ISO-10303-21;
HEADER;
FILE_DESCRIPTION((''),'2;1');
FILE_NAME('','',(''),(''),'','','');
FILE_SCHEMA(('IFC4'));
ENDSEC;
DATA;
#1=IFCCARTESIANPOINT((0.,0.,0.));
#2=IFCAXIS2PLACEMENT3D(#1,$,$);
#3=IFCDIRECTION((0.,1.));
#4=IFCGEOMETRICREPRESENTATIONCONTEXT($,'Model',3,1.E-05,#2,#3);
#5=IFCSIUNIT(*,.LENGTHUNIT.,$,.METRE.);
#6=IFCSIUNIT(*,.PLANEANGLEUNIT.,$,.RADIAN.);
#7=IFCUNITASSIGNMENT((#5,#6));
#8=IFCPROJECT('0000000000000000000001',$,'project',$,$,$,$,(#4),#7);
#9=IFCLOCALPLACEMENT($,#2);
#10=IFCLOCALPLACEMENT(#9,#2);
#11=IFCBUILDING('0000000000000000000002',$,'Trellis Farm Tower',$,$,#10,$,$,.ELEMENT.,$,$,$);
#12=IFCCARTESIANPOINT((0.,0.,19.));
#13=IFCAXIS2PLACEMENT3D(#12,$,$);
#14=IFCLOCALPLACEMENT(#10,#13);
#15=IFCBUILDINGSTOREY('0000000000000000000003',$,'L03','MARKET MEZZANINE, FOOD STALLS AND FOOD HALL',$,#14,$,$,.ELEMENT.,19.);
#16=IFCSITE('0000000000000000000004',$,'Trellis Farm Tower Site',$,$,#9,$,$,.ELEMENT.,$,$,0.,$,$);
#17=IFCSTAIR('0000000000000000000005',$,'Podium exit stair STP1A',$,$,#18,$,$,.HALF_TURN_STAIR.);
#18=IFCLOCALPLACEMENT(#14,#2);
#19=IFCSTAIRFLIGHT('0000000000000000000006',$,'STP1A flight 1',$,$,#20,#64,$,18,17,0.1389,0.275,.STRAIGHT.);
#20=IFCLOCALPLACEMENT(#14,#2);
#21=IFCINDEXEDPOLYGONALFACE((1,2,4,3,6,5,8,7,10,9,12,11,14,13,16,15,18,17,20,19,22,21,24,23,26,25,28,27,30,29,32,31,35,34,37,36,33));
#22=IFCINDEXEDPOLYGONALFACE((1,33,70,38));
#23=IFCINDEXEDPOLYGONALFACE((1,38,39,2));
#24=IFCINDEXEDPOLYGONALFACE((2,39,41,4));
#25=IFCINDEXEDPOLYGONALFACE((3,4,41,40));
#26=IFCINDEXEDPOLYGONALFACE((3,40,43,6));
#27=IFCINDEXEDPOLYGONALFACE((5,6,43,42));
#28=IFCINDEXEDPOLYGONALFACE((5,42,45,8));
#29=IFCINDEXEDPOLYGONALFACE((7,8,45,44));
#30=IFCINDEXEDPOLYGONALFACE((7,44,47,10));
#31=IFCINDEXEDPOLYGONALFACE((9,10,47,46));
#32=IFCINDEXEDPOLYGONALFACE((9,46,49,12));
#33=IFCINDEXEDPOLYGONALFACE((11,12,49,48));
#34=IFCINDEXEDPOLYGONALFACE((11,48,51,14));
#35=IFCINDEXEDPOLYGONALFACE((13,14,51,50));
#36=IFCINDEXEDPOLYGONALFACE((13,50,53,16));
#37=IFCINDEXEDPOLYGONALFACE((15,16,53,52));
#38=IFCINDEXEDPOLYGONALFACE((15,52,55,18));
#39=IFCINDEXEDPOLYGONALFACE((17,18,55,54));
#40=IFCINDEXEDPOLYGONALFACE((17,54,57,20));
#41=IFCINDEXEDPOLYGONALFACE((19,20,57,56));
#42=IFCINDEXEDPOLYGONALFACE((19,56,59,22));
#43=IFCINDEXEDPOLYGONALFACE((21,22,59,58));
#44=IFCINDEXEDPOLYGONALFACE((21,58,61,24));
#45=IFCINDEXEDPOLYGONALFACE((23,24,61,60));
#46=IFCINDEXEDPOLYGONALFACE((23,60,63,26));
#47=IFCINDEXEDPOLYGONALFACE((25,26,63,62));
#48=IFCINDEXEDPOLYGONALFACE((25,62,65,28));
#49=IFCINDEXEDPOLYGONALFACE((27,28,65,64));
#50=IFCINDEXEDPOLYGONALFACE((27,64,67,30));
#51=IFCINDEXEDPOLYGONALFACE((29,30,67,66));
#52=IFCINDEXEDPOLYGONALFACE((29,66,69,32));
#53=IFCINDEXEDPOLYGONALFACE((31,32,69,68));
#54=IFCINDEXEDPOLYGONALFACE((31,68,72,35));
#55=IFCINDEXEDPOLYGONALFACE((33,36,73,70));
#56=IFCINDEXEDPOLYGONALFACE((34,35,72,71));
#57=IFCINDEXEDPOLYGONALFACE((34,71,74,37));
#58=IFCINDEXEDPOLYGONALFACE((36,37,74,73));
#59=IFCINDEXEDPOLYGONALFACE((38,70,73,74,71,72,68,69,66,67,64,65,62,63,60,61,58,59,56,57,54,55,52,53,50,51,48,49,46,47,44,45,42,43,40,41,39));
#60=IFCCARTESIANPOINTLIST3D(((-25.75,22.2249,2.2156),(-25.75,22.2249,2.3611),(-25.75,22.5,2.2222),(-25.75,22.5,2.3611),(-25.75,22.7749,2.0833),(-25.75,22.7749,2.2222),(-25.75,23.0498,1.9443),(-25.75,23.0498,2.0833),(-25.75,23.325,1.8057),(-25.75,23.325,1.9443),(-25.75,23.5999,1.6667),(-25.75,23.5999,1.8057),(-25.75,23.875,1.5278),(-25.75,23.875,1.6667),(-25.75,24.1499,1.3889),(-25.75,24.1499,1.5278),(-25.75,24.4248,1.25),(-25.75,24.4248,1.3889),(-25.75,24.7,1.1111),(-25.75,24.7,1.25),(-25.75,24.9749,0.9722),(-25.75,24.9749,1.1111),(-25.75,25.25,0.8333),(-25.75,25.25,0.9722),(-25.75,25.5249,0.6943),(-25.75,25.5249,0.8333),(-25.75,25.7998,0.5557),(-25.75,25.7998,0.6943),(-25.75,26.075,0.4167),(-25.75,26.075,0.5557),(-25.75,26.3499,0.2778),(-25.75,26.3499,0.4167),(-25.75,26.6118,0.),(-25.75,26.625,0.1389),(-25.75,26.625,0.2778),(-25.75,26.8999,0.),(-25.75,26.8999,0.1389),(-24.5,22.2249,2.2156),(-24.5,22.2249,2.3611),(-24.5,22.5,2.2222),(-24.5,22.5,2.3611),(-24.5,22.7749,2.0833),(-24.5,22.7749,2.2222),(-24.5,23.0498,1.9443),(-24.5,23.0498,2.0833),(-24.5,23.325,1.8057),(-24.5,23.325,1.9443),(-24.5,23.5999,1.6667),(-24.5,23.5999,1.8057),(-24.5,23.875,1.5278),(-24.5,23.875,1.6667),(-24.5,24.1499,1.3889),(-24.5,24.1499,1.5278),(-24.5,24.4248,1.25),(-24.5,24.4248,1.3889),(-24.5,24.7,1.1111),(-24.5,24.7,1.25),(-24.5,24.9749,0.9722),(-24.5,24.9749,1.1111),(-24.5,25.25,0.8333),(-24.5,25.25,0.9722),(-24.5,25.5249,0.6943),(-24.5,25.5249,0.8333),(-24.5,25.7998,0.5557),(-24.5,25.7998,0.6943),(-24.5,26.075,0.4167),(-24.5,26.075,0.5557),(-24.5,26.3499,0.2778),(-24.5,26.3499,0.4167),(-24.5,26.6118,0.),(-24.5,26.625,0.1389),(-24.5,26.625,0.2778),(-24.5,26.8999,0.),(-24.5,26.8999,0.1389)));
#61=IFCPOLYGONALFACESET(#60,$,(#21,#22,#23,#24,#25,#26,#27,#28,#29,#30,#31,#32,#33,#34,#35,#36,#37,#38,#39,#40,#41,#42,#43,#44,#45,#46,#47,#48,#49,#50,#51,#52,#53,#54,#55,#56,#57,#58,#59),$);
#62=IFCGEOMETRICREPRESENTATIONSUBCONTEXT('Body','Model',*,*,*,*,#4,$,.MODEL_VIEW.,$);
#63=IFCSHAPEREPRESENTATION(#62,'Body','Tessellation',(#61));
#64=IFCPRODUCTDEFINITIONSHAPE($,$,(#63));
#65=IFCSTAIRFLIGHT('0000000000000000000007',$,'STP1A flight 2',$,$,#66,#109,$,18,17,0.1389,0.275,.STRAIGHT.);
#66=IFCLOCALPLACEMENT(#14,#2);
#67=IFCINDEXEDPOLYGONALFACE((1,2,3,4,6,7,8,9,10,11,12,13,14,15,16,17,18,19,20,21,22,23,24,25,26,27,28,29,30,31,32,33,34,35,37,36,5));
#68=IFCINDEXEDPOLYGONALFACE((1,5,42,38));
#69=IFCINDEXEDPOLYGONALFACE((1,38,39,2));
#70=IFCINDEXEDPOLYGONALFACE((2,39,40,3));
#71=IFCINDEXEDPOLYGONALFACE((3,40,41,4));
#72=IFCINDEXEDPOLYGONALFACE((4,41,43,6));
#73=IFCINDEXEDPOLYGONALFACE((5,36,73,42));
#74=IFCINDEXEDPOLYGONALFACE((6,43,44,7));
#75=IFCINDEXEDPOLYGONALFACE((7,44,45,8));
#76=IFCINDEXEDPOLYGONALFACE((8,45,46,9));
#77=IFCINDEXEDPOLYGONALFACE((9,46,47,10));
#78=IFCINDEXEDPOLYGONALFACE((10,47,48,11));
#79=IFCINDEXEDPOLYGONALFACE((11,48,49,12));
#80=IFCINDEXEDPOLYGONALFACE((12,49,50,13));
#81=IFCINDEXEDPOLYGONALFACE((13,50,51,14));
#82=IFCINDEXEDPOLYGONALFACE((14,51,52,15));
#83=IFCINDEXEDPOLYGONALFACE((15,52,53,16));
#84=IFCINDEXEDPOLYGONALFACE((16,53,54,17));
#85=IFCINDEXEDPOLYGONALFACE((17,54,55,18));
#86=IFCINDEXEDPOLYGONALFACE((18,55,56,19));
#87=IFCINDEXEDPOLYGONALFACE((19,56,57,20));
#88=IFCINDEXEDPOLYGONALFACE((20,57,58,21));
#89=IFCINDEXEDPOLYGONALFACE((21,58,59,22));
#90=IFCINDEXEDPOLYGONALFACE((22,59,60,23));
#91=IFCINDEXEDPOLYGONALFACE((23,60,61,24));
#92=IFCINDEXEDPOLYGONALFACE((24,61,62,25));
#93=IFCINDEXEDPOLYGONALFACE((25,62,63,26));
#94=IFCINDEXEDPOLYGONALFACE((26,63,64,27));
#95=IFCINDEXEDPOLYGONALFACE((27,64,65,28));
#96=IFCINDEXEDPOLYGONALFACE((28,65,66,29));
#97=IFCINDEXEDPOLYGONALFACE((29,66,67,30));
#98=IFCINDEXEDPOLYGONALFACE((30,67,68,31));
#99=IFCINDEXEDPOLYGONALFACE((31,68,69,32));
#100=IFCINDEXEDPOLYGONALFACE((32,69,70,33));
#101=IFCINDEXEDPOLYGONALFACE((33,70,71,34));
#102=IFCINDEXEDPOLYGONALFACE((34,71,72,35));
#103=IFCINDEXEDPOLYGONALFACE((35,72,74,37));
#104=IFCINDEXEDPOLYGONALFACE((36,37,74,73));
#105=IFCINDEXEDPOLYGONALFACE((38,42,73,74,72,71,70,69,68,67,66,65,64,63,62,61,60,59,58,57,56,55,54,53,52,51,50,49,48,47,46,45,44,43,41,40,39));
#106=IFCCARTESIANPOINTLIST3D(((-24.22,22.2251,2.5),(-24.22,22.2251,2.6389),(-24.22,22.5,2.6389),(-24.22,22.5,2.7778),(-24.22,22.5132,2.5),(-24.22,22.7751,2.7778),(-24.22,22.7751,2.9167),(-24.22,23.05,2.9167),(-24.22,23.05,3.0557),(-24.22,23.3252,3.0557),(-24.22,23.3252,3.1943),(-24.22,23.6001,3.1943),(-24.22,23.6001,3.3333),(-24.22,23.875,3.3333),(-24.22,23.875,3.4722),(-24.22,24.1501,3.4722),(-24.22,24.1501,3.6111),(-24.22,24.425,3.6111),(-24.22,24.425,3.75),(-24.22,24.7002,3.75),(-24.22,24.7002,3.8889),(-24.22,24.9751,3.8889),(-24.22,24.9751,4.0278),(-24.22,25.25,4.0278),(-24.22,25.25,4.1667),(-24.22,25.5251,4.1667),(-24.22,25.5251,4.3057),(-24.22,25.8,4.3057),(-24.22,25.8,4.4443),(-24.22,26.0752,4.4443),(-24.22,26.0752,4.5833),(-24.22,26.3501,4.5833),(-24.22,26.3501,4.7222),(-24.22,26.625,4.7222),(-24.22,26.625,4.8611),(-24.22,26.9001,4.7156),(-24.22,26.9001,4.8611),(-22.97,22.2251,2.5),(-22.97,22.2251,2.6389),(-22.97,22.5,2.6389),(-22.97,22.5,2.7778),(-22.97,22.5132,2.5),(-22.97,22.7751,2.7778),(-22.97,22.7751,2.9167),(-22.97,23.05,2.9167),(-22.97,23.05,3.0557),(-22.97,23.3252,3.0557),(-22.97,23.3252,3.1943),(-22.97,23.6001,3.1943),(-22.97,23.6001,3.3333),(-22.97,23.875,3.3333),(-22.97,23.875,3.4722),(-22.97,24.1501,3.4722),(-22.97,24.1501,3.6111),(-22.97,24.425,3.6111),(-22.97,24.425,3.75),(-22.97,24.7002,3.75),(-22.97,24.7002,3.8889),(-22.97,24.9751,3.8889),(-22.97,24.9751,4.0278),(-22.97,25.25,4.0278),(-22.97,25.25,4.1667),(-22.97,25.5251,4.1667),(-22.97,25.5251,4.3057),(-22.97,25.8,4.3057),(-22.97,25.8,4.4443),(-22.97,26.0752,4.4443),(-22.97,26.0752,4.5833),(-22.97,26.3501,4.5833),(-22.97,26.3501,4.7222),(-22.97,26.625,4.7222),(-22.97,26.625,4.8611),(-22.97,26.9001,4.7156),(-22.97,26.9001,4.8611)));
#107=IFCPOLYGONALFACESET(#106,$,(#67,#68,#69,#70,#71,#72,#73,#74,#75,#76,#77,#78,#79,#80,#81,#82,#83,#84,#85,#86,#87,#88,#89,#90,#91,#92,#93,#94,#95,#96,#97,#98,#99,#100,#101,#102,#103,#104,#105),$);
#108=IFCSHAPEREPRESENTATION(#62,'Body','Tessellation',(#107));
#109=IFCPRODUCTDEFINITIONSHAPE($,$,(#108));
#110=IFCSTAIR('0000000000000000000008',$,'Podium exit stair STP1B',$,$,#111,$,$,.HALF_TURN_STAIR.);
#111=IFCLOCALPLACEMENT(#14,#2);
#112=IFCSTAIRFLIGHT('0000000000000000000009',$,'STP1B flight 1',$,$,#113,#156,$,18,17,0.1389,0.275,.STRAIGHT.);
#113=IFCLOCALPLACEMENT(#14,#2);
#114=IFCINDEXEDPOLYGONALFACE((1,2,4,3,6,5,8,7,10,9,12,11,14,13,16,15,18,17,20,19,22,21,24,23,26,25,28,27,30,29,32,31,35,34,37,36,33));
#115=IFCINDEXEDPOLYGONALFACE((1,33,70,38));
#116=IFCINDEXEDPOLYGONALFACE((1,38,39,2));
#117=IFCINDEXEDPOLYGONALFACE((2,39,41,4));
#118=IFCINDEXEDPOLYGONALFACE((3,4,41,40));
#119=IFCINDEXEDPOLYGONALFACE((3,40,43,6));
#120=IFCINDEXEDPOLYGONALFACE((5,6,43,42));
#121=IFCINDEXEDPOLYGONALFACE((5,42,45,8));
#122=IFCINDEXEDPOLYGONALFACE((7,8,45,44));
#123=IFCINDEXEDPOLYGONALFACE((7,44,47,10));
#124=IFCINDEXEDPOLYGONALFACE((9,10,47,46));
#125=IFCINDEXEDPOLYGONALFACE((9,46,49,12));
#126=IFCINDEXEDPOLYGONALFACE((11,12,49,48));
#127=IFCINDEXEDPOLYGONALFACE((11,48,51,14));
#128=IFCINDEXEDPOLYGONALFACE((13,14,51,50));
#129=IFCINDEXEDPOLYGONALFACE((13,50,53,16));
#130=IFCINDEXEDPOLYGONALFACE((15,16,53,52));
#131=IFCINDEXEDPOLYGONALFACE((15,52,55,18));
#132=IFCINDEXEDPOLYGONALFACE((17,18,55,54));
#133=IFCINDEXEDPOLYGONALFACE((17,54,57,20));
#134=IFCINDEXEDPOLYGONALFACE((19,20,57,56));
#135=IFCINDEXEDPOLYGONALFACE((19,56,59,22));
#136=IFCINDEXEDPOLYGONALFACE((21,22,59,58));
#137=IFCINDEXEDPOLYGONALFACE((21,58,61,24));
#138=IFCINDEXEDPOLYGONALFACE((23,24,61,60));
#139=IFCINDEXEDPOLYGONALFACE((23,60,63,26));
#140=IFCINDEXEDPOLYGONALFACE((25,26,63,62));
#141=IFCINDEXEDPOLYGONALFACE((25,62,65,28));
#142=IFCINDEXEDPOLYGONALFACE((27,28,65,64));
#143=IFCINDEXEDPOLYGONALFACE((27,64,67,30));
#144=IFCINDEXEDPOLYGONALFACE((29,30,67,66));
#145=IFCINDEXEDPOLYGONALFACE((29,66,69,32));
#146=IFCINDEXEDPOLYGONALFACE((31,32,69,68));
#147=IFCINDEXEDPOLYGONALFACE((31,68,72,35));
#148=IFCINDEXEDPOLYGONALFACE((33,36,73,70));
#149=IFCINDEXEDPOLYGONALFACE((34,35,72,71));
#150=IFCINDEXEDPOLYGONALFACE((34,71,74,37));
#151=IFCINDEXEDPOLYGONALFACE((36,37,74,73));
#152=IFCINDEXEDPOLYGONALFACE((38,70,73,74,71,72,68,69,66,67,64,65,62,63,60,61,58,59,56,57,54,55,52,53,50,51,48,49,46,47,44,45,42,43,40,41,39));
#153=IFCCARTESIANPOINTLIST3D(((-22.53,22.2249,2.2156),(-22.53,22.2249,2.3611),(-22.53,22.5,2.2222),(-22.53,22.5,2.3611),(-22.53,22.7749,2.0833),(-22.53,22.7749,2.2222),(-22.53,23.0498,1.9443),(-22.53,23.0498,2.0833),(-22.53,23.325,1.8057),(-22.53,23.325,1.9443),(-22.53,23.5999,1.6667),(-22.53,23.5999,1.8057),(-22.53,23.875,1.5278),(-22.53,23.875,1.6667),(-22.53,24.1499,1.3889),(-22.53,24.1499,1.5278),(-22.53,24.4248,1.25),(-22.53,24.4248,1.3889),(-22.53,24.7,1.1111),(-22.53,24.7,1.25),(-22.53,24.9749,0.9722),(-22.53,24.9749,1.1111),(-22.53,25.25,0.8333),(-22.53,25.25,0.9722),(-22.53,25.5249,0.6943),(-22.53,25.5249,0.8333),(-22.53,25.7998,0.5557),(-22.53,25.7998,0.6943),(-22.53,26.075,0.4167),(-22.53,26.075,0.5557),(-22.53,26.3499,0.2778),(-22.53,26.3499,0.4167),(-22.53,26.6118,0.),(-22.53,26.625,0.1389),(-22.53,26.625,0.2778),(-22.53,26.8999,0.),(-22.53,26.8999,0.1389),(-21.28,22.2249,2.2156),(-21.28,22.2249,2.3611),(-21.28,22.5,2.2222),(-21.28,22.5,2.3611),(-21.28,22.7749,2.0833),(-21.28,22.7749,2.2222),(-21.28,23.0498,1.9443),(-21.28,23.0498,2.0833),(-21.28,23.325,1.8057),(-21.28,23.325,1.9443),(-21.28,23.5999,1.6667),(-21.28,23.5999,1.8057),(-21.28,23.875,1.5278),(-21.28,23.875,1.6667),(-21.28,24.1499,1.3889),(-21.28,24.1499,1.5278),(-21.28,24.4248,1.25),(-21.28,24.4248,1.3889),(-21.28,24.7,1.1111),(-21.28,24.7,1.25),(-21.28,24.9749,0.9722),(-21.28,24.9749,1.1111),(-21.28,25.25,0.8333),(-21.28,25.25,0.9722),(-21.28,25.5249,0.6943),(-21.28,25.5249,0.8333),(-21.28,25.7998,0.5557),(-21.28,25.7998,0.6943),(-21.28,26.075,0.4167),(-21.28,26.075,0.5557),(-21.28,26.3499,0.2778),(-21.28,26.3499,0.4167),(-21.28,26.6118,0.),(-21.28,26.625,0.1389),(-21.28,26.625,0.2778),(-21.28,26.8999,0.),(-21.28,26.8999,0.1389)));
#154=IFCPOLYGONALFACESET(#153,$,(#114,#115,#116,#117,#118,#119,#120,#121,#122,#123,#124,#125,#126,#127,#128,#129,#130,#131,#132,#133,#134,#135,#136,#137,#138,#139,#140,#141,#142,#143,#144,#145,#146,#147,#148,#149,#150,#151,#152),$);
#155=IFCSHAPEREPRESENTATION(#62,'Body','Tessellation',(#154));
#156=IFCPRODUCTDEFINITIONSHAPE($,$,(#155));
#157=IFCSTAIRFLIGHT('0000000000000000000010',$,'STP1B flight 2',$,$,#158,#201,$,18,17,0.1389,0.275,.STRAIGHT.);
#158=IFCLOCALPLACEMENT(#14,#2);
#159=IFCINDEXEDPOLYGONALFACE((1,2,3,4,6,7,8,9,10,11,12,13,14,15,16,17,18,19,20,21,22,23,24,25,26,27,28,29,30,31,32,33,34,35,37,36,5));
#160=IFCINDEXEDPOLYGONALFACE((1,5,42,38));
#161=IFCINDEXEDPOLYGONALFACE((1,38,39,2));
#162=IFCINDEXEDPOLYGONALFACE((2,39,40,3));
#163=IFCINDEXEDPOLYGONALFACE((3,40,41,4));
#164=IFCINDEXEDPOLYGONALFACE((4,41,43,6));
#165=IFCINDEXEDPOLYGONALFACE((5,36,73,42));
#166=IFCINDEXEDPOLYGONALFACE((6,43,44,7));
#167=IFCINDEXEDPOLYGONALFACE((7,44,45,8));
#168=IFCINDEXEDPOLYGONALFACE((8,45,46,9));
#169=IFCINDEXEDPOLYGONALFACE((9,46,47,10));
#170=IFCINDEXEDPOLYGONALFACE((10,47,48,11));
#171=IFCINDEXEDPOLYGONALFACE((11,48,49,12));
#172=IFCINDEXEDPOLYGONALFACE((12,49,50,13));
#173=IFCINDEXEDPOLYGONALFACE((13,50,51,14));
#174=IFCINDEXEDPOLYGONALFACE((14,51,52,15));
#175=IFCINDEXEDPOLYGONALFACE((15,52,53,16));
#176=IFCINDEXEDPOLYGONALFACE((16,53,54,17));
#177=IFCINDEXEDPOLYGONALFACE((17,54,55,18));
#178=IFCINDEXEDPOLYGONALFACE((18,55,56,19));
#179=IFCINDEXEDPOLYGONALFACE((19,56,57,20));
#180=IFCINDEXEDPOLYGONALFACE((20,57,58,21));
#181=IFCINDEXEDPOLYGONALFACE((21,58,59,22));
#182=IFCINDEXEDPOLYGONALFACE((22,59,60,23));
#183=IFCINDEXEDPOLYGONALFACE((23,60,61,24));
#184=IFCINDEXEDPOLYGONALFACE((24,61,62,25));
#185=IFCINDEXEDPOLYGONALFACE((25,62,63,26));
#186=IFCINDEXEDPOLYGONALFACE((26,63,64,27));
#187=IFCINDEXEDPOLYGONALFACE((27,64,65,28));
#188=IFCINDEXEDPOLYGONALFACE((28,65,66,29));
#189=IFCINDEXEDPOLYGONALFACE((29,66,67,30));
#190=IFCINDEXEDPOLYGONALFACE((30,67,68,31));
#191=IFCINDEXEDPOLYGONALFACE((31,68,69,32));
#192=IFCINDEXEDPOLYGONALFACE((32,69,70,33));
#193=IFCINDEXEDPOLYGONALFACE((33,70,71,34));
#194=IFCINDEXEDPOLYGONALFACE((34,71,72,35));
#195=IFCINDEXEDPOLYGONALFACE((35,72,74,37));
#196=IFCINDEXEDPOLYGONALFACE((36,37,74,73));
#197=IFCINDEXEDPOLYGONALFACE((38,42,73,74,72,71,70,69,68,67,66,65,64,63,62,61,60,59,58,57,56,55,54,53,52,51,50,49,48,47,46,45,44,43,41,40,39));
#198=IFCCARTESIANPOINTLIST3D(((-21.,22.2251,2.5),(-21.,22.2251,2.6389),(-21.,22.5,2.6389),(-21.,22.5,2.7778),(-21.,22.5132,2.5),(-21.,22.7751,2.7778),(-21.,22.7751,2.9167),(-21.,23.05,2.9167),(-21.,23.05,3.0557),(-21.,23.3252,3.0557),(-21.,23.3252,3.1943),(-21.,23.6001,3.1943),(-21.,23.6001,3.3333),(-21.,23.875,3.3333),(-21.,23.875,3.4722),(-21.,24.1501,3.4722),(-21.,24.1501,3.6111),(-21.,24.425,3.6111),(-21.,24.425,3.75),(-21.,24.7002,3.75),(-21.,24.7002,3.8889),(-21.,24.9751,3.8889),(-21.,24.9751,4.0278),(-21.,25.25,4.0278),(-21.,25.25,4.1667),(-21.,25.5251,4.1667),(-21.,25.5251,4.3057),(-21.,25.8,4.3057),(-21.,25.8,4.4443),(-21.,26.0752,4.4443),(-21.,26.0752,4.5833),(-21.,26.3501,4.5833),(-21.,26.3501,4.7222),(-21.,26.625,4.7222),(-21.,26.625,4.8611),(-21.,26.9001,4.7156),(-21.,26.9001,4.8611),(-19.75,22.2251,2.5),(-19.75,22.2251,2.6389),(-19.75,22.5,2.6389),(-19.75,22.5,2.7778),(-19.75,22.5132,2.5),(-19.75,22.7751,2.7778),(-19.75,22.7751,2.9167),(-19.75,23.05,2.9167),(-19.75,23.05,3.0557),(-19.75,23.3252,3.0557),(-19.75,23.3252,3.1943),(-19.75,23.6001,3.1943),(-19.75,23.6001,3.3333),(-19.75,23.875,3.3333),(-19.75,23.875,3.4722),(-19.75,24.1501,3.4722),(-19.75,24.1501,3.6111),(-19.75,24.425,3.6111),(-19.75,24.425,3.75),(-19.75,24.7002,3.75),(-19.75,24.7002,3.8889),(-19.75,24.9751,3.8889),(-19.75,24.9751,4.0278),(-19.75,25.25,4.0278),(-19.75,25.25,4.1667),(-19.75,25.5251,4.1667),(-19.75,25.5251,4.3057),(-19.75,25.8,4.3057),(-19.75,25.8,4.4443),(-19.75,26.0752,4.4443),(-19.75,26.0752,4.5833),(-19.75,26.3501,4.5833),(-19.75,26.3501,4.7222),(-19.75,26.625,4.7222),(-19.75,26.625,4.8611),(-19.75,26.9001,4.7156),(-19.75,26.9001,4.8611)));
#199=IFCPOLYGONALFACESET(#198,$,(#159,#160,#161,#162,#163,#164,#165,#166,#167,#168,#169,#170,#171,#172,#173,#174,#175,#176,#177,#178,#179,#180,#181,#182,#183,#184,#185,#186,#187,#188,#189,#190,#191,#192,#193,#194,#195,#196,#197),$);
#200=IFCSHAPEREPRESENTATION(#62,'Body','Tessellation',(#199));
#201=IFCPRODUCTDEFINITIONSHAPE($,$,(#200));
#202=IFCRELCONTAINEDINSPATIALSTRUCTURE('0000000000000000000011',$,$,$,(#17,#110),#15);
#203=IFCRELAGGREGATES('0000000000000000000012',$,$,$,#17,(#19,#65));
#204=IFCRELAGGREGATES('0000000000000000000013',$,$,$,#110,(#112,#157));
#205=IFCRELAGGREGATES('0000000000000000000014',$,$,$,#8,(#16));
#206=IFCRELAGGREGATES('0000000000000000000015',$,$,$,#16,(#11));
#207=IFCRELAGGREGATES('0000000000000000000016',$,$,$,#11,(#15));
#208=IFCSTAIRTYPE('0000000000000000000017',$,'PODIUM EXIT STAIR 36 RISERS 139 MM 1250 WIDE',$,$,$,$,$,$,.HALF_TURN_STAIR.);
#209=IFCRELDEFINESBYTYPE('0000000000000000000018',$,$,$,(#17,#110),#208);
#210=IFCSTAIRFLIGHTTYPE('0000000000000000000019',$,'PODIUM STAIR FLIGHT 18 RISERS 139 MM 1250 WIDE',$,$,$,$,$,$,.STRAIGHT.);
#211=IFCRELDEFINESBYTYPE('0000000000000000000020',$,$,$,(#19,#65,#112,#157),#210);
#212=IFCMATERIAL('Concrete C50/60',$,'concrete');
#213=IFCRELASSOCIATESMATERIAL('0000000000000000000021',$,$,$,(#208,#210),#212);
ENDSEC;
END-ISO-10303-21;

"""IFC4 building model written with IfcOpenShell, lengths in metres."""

from ifc_helpers import new_model, si_unit, direction, frame, origin, place, context, subcontext, project, spatial, polyline, outline, extrude, source, transform, mapped, material, type_object, element, aggregate, save


model = new_model("IFC4")

# Units and contexts
model_context = context("Model", 3, precision=1e-05, world=origin(), true_north=direction((0.0, 1.0)))
body_context = subcontext(model_context, "Body", "Model", "MODEL_VIEW")
ifc_project = project(units=[si_unit("LENGTHUNIT", "METRE"), si_unit("PLANEANGLEUNIT", "RADIAN")], contexts=[model_context])

# Site, building, storey
site_placement = place(None, origin())
site = spatial("IfcSite", under=ifc_project, at=site_placement, Name="Trellis Farm Tower Site", CompositionType="ELEMENT", RefElevation=0.0)
building_placement = place(site_placement, origin())
building = spatial("IfcBuilding", under=site, at=building_placement, Name="Trellis Farm Tower", CompositionType="ELEMENT")
storey_placement = place(building_placement, frame((0.0, 0.0, 19.0)))
storey = spatial("IfcBuildingStorey", under=building, at=storey_placement, Name="L03", Description="MARKET MEZZANINE, FOOD STALLS AND FOOD HALL", CompositionType="ELEMENT", Elevation=19.0)

# Stairs, stair flights
ifc_material_1 = material(Name="Concrete C50/60", Category="concrete")
stair_type = type_object("IfcStairType", Name="PODIUM EXIT STAIR 36 RISERS 139 MM 1250 WIDE", PredefinedType="HALF_TURN_STAIR", material=ifc_material_1)
placement = place(storey_placement, origin())
stair_1 = element("IfcStair", 1, at=placement, inside=storey, type_object=stair_type, Name="Podium exit stair STP1A", PredefinedType="HALF_TURN_STAIR")
stair_flight_type = type_object("IfcStairFlightType", Name="PODIUM STAIR FLIGHT 18 RISERS 139 MM 1250 WIDE", PredefinedType="STRAIGHT", material=ifc_material_1)
shared_shape_1 = source(origin(), body_context, "Body", "SweptSolid", [
    extrude(outline(polyline([(0.0, 0.0), (0.0, 0.1389), (0.2749, 0.1389), (0.2749, 0.2778), (0.55, 0.2778), (0.55, 0.4167), (0.825, 0.4167), (0.825, 0.5557), (1.1001, 0.5557), (1.1001, 0.6943), (1.375, 0.6943), (1.375, 0.8333), (1.6499, 0.8333), (1.6499, 0.9722), (1.925, 0.9722), (1.925, 1.1111), (2.2, 1.1111), (2.2, 1.25), (2.4751, 1.25), (2.4751, 1.3889), (2.75, 1.3889), (2.75, 1.5278), (3.0249, 1.5278), (3.0249, 1.6667), (3.3, 1.6667), (3.3, 1.8057), (3.575, 1.8057), (3.575, 1.9443), (3.8501, 1.9443), (3.8501, 2.0833), (4.125, 2.0833), (4.125, 2.2222), (4.3999, 2.2222), (4.3999, 2.3611), (4.675, 2.3611), (4.675, 2.5), (4.675, 2.2156), (0.2881, 0.0), (0.0, 0.0)])), frame((0.0, 0.625, 0.0), z_axis=(0.0, -1.0, 0.0), x_axis=(1.0, 0.0, 0.0)), (0.0, 0.0, 1.0), 1.25),
])
stair_flight_1_placement = place(storey_placement, frame((-25.125, 26.8999, 0.0), z_axis=(0.0, 0.0, 1.0), x_axis=(0.0, -1.0, 0.0)))
stair_flight_1 = element("IfcStairFlight", 2, at=stair_flight_1_placement, type_object=stair_flight_type, Name="STP1A flight 1", NumberOfRisers=18, NumberOfTreads=17, PredefinedType="STRAIGHT", RiserHeight=0.1389, TreadLength=0.275, context=body_context, shape_type="MappedRepresentation", body=[
    mapped(shared_shape_1, transform((0.0, 0.0, 0.0))),
])
stair_flight_2_placement = place(storey_placement, frame((-23.595, 22.2251, 2.5), z_axis=(0.0, 0.0, 1.0), x_axis=(0.0, 1.0, 0.0)))
stair_flight_2 = element("IfcStairFlight", 3, at=stair_flight_2_placement, type_object=stair_flight_type, Name="STP1A flight 2", NumberOfRisers=18, NumberOfTreads=17, PredefinedType="STRAIGHT", RiserHeight=0.1389, TreadLength=0.275, context=body_context, shape_type="MappedRepresentation", body=[
    mapped(shared_shape_1, transform((0.0, 0.0, 0.0))),
])
aggregate(stair_1, [stair_flight_1, stair_flight_2])
stair_2 = element("IfcStair", 4, at=placement, inside=storey, type_object=stair_type, Name="Podium exit stair STP1B", PredefinedType="HALF_TURN_STAIR")
stair_flight_3_placement = place(storey_placement, frame((-21.905, 26.8999, 0.0), z_axis=(0.0, 0.0, 1.0), x_axis=(0.0, -1.0, 0.0)))
stair_flight_3 = element("IfcStairFlight", 5, at=stair_flight_3_placement, type_object=stair_flight_type, Name="STP1B flight 1", NumberOfRisers=18, NumberOfTreads=17, PredefinedType="STRAIGHT", RiserHeight=0.1389, TreadLength=0.275, context=body_context, shape_type="MappedRepresentation", body=[
    mapped(shared_shape_1, transform((0.0, 0.0, 0.0))),
])
stair_flight_4_placement = place(storey_placement, frame((-20.375, 22.2251, 2.5), z_axis=(0.0, 0.0, 1.0), x_axis=(0.0, 1.0, 0.0)))
stair_flight_4 = element("IfcStairFlight", 6, at=stair_flight_4_placement, type_object=stair_flight_type, Name="STP1B flight 2", NumberOfRisers=18, NumberOfTreads=17, PredefinedType="STRAIGHT", RiserHeight=0.1389, TreadLength=0.275, context=body_context, shape_type="MappedRepresentation", body=[
    mapped(shared_shape_1, transform((0.0, 0.0, 0.0))),
])
aggregate(stair_2, [stair_flight_3, stair_flight_4])

save(model, "model.ifc")
